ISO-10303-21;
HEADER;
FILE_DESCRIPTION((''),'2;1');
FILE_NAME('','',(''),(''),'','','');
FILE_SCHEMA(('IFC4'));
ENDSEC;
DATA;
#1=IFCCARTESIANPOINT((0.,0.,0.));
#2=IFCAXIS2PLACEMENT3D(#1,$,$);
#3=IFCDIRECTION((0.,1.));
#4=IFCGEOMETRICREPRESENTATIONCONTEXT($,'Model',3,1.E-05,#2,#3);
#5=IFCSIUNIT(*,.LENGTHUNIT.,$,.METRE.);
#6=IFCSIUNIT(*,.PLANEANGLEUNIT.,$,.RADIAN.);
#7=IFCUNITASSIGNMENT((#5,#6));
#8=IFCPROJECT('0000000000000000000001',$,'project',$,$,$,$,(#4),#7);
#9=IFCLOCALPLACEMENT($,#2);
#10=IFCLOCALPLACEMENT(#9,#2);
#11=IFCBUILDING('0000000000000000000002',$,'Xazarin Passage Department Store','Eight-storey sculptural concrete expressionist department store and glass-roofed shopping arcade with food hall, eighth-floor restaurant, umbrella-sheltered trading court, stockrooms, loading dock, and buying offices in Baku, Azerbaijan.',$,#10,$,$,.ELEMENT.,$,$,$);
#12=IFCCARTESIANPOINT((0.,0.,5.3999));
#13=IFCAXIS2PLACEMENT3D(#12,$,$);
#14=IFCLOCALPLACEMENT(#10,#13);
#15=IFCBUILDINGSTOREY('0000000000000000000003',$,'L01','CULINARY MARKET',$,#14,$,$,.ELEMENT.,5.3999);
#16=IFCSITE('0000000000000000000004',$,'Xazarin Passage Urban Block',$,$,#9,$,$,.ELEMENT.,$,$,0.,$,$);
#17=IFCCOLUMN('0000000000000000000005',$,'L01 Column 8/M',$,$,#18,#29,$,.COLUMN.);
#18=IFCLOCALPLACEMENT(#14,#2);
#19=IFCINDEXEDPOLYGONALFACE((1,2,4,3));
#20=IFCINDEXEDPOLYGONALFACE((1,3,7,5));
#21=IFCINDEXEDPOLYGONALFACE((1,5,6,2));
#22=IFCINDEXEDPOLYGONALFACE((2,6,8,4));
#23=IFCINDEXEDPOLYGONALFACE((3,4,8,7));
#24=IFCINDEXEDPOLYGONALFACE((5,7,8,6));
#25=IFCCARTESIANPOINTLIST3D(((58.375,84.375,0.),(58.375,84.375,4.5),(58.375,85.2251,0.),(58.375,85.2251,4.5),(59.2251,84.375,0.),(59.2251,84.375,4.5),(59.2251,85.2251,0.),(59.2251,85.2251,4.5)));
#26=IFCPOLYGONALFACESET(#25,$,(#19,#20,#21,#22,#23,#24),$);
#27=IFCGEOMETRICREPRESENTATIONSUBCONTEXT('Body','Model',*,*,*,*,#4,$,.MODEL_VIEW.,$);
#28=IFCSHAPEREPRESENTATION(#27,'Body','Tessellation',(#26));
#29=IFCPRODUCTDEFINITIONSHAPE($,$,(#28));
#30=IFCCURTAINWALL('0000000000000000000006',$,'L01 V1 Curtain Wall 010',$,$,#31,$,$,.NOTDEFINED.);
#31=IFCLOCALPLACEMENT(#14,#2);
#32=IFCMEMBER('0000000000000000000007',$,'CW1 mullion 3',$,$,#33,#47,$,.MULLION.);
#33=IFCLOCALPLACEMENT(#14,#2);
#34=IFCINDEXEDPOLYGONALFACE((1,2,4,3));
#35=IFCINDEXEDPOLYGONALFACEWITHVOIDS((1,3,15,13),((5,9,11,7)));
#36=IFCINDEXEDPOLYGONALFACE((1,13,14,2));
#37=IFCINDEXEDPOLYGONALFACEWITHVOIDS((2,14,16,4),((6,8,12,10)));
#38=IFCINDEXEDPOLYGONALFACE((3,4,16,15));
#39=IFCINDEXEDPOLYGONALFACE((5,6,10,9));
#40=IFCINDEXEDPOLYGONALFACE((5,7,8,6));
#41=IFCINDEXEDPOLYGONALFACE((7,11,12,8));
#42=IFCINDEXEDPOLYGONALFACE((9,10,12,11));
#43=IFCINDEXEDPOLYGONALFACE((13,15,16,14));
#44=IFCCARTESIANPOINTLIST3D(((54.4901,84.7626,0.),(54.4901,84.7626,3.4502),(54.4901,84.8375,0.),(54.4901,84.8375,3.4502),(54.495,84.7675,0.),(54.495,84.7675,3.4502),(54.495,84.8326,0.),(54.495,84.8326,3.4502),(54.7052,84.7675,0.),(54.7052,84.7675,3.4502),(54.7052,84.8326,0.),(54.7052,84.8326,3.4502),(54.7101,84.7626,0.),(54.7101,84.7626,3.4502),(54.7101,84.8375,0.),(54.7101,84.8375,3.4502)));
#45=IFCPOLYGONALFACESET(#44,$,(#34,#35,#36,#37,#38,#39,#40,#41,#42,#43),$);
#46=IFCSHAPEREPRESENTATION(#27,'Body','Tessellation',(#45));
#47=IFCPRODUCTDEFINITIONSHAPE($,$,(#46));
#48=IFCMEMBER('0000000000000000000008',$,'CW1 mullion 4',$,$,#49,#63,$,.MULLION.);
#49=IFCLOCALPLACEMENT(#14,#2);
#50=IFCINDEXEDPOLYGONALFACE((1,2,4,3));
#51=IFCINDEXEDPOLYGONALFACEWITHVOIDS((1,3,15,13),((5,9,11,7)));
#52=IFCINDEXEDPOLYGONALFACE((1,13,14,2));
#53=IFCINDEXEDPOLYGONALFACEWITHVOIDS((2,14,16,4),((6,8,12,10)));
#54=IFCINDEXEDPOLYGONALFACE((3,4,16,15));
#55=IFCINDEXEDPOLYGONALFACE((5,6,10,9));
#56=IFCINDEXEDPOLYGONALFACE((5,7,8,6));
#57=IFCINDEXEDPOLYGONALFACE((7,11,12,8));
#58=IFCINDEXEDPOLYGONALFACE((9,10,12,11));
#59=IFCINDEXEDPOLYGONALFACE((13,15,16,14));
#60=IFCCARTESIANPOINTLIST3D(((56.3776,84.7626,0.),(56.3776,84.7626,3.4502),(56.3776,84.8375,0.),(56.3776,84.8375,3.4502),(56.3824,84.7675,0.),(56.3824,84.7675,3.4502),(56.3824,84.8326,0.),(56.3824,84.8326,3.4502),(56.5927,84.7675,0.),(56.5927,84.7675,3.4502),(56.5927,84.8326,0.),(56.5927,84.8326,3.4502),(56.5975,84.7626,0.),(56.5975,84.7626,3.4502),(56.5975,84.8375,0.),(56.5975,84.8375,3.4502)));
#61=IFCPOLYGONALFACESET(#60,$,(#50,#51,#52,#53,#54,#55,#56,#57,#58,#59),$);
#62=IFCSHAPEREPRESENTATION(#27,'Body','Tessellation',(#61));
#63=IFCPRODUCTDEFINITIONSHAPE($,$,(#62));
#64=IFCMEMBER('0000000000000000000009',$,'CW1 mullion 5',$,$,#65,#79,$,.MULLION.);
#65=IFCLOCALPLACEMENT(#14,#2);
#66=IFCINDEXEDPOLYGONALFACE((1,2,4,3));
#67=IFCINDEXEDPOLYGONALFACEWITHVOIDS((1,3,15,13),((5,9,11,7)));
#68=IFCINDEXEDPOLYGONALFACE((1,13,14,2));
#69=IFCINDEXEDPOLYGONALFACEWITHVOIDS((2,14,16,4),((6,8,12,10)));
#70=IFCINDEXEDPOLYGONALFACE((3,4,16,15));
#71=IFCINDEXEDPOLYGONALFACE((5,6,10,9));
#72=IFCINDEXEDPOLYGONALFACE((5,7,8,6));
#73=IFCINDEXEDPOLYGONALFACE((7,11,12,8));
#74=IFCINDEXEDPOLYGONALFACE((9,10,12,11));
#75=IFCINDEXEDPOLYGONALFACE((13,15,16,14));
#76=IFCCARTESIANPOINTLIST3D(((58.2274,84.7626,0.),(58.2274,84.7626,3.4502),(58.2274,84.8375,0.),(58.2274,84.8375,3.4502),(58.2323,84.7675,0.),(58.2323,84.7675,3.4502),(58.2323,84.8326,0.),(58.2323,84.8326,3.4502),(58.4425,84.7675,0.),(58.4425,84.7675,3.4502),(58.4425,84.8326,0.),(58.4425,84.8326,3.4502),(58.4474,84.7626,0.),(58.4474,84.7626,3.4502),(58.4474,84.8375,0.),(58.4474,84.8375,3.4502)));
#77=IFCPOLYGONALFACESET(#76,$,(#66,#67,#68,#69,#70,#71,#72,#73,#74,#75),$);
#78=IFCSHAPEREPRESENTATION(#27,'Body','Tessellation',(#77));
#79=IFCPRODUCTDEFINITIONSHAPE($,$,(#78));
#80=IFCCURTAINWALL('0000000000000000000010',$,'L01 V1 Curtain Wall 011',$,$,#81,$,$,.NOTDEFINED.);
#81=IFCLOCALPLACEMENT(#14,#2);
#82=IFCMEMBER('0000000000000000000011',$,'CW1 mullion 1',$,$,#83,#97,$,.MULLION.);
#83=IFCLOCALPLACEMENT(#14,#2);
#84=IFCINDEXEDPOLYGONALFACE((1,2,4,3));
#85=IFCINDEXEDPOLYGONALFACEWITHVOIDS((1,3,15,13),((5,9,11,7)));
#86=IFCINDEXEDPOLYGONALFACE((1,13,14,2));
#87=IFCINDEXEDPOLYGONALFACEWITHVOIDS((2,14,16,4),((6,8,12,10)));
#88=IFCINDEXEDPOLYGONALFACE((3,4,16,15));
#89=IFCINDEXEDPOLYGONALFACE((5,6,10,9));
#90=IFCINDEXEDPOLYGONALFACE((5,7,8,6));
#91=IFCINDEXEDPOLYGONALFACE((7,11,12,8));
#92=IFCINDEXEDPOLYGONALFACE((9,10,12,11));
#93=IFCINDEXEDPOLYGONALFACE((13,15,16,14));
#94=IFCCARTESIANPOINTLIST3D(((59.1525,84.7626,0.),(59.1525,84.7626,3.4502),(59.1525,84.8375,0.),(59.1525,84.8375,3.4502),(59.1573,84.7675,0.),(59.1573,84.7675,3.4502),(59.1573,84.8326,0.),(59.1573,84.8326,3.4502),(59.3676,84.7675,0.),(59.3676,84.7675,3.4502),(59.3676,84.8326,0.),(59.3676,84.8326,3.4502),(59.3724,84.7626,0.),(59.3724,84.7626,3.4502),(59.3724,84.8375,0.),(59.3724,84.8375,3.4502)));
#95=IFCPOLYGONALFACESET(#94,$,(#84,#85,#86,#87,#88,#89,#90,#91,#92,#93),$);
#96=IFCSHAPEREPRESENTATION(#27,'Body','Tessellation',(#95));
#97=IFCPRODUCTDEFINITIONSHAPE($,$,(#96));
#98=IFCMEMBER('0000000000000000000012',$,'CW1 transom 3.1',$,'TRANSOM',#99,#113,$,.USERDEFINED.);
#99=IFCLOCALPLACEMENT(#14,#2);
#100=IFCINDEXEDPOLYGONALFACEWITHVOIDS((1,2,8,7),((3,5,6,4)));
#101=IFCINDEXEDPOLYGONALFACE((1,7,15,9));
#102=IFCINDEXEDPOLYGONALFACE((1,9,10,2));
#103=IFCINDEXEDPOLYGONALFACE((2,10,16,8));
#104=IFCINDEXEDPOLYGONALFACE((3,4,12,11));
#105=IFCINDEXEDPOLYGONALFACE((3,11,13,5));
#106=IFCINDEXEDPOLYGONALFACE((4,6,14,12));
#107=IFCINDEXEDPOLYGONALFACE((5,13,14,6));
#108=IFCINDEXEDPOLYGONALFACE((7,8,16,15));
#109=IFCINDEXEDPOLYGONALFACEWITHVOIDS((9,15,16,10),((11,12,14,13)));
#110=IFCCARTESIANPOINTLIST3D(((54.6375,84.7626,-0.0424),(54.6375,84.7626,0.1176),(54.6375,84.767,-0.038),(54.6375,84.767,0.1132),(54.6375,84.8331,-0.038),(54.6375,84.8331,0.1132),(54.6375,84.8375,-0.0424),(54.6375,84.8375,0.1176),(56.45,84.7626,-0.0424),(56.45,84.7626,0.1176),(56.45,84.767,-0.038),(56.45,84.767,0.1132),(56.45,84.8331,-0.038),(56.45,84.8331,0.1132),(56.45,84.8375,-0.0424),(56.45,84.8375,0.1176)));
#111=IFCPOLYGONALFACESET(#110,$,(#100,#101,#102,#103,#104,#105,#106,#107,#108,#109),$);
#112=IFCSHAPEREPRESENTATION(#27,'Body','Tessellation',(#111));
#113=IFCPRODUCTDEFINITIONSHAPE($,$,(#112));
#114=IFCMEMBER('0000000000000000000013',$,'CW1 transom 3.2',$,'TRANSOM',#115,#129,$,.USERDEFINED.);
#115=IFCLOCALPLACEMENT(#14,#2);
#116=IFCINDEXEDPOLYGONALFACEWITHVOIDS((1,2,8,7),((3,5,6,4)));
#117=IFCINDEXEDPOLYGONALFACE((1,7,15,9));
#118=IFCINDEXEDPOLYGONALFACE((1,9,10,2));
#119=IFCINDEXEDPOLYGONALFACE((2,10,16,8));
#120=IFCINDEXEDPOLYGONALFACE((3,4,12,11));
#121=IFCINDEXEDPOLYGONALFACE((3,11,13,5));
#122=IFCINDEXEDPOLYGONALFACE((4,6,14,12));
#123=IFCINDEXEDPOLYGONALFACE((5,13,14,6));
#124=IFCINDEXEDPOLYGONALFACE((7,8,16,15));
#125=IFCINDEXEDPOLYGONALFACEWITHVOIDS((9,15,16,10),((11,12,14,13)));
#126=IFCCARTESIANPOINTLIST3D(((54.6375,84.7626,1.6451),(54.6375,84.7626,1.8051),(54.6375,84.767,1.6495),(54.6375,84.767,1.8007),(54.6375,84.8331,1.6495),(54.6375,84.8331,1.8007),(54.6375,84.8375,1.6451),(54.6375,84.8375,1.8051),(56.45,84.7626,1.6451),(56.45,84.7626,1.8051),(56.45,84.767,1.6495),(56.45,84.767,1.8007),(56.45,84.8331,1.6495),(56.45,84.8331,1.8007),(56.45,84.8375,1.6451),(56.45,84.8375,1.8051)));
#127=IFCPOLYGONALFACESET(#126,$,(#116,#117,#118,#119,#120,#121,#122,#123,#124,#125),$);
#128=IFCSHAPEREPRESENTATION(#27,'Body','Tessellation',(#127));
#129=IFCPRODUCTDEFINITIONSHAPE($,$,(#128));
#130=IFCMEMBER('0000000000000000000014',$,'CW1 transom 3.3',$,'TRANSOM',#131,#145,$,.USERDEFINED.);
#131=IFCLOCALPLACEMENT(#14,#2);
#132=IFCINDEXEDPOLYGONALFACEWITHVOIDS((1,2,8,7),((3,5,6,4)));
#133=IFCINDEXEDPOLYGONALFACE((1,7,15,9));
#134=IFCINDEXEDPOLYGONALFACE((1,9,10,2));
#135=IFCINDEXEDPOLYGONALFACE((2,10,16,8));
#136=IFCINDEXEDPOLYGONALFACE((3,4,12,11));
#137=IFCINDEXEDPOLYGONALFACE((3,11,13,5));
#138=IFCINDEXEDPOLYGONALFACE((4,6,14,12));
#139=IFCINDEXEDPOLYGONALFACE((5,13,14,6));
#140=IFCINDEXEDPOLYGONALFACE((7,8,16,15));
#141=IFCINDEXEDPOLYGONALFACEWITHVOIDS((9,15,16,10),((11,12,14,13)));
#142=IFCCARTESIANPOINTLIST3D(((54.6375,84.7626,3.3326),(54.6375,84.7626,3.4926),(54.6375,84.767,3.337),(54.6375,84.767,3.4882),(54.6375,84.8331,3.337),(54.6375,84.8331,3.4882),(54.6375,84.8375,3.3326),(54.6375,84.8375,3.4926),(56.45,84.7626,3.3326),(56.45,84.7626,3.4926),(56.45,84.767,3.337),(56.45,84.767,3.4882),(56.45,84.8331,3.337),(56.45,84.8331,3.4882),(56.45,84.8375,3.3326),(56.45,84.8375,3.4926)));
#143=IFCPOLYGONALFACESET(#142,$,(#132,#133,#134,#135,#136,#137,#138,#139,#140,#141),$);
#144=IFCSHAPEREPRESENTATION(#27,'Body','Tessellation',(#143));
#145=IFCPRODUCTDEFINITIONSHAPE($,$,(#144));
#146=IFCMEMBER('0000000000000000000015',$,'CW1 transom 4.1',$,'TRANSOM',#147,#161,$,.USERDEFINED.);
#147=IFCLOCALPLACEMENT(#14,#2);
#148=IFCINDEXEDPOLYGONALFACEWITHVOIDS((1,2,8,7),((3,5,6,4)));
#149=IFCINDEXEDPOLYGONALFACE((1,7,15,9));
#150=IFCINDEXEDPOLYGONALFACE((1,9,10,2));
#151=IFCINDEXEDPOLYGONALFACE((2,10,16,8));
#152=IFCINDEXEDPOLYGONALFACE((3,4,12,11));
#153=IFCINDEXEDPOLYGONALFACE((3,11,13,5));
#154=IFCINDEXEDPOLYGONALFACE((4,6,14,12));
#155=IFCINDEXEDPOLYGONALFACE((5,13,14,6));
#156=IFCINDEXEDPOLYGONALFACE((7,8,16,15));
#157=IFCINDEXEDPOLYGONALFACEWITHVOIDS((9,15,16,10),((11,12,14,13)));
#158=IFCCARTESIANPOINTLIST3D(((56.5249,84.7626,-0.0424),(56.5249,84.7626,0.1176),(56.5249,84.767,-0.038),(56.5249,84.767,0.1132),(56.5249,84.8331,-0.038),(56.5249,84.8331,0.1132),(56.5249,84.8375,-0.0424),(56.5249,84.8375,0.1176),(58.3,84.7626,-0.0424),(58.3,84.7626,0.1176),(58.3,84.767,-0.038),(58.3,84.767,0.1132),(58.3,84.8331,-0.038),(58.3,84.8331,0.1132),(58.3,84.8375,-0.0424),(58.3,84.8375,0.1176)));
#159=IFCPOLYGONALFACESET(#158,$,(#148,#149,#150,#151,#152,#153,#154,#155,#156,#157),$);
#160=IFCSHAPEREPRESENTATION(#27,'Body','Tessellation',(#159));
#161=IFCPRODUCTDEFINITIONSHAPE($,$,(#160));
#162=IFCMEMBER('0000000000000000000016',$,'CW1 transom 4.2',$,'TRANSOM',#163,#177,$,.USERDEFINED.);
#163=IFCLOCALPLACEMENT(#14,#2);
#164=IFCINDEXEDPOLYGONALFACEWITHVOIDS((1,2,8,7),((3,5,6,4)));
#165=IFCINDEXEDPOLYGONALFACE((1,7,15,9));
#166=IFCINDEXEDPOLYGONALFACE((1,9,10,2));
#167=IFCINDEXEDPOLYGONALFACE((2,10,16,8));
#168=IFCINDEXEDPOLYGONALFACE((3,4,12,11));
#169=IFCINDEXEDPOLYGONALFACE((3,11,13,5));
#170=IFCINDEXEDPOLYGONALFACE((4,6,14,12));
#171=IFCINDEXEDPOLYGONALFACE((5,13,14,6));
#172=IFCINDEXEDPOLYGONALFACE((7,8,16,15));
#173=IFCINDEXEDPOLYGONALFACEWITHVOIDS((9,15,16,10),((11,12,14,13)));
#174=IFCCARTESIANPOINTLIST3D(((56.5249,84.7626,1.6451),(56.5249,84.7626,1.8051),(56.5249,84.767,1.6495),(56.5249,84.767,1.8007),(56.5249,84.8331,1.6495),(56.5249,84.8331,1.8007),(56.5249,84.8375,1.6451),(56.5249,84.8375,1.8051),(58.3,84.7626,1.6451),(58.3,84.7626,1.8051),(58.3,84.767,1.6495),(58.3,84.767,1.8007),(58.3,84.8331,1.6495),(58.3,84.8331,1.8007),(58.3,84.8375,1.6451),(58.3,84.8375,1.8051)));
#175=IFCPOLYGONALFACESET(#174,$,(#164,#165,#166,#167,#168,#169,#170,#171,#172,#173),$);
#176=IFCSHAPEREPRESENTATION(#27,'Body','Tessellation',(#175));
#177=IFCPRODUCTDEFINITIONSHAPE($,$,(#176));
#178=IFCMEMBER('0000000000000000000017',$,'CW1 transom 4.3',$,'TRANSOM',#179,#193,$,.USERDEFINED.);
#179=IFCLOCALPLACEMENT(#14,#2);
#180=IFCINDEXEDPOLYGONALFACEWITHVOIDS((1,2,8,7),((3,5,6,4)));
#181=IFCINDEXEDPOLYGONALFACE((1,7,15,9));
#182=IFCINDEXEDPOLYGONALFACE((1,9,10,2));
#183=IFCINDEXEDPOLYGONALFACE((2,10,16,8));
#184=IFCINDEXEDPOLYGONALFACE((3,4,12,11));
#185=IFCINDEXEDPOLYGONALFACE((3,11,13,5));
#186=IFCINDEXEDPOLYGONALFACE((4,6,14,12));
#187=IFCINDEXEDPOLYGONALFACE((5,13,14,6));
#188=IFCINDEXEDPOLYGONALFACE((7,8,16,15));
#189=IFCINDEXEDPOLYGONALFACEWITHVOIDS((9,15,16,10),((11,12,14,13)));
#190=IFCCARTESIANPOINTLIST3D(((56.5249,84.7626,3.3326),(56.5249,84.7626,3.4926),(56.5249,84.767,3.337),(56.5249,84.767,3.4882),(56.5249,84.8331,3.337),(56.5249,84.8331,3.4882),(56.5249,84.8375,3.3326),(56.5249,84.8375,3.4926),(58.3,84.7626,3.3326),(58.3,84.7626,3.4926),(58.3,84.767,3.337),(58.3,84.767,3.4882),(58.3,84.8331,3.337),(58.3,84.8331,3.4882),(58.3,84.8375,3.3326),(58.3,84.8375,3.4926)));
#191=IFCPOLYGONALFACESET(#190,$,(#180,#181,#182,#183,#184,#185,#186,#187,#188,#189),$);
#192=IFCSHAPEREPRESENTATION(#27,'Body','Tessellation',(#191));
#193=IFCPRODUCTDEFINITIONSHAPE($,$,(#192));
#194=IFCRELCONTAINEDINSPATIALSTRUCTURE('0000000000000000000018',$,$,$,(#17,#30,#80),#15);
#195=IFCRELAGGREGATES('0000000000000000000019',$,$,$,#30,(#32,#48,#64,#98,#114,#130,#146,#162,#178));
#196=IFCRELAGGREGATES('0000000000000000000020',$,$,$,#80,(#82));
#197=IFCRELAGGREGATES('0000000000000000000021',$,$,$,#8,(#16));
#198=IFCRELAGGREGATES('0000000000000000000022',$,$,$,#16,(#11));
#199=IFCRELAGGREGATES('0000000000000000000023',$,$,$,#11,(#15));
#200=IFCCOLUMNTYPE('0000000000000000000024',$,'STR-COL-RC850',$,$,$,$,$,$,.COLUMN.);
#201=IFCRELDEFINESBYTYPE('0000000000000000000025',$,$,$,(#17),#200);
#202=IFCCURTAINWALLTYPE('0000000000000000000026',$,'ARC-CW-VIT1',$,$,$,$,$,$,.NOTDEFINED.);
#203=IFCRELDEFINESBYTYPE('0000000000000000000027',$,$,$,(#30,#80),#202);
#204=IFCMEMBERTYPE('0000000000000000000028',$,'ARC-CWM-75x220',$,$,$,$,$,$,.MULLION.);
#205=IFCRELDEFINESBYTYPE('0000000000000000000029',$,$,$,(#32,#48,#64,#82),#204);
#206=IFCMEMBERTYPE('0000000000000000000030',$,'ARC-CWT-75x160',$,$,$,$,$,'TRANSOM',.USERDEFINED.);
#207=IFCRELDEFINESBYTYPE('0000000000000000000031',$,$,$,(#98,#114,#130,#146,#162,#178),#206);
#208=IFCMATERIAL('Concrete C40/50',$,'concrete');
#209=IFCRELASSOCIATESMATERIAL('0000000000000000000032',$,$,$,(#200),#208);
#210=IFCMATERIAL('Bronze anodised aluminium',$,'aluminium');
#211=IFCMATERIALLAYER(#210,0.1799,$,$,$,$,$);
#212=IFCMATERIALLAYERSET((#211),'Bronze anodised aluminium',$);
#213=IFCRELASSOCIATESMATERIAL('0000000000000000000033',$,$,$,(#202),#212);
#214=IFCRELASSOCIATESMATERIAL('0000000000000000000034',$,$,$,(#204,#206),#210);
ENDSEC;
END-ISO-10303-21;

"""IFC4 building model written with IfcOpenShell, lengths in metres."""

from ifc_helpers import new_model, si_unit, direction, frame, origin, origin_2d, place, context, subcontext, project, spatial, rectangle, hollow_rectangle, extrude, material, layer, layer_set, material_profile, profile_set, type_object, element, aggregate, save


model = new_model("IFC4")

# Units and contexts
model_context = context("Model", 3, precision=1e-05, world=origin(), true_north=direction((0.0, 1.0)))
body_context = subcontext(model_context, "Body", "Model", "MODEL_VIEW")
ifc_project = project(units=[si_unit("LENGTHUNIT", "METRE"), si_unit("PLANEANGLEUNIT", "RADIAN")], contexts=[model_context])

# Site, building, storey
site_placement = place(None, origin())
site = spatial("IfcSite", under=ifc_project, at=site_placement, Name="Xazarin Passage Urban Block", CompositionType="ELEMENT", RefElevation=0.0)
building_placement = place(site_placement, origin())
building = spatial("IfcBuilding", under=site, at=building_placement, Name="Xazarin Passage Department Store", Description="Eight-storey sculptural concrete expressionist department store and glass-roofed shopping arcade with food hall, eighth-floor restaurant, umbrella-sheltered trading court, stockrooms, loading dock, and buying offices in Baku, Azerbaijan.", CompositionType="ELEMENT")
storey_placement = place(building_placement, frame((0.0, 0.0, 5.3999)))
storey = spatial("IfcBuildingStorey", under=building, at=storey_placement, Name="L01", Description="CULINARY MARKET", CompositionType="ELEMENT", Elevation=5.3999)

# Column
ifc_material_1 = material(Name="Concrete C40/50", Category="concrete")
ifc_material_profile_1 = material_profile(ifc_material_1, rectangle(XDim=0.8501, YDim=0.8501, at=origin_2d()), Name="RC 850x850")
ifc_profile_set_1 = profile_set([ifc_material_profile_1], Name="Concrete C40/50")
column_type = type_object("IfcColumnType", Name="STR-COL-RC850", PredefinedType="COLUMN", material=ifc_profile_set_1)
column_placement = place(storey_placement, frame((58.8, 84.8, 0.0), z_axis=(0.0, 0.0, 1.0), x_axis=(1.0, 0.0, 0.0)))
element("IfcColumn", 1, at=column_placement, inside=storey, type_object=column_type, Name="L01 Column 8/M", PredefinedType="COLUMN", context=body_context, shape_type="SweptSolid", body=[
    extrude(rectangle(XDim=0.8501, YDim=0.8501, at=origin_2d()), origin(), (0.0, 0.0, 1.0), 4.5),
])

# Curtain wall, members
ifc_material_2 = material(Name="Bronze anodised aluminium", Category="aluminium")
ifc_layer_1 = layer(ifc_material_2, 0.1799)
ifc_layer_set_1 = layer_set([ifc_layer_1], Name="Bronze anodised aluminium")
curtain_wall_type = type_object("IfcCurtainWallType", Name="ARC-CW-VIT1", PredefinedType="NOTDEFINED", material=ifc_layer_set_1)
curtain_wall_1_placement = place(storey_placement, origin())
curtain_wall_1 = element("IfcCurtainWall", 2, at=curtain_wall_1_placement, inside=storey, type_object=curtain_wall_type, Name="L01 V1 Curtain Wall 010", PredefinedType="NOTDEFINED")
ifc_material_profile_2 = material_profile(ifc_material_2, hollow_rectangle(XDim=0.075, YDim=0.22, WallThickness=0.0049, at=origin_2d()), Name="ALU 75x220")
ifc_profile_set_2 = profile_set([ifc_material_profile_2], Name="Bronze anodised aluminium")
member_type_1 = type_object("IfcMemberType", Name="ARC-CWM-75x220", PredefinedType="MULLION", material=ifc_profile_set_2)
member_1_placement = place(storey_placement, frame((54.6001, 84.8, 0.0), z_axis=(0.0, 0.0, 1.0), x_axis=(0.0, 1.0, 0.0)))
member_1 = element("IfcMember", 3, at=member_1_placement, type_object=member_type_1, Name="CW1 mullion 3", PredefinedType="MULLION", context=body_context, shape_type="SweptSolid", body=[
    extrude(hollow_rectangle(XDim=0.075, YDim=0.22, WallThickness=0.0049, at=origin_2d()), origin(), (0.0, 0.0, 1.0), 3.4502),
])
member_2_placement = place(storey_placement, frame((56.4875, 84.8, 0.0), z_axis=(0.0, 0.0, 1.0), x_axis=(0.0, 1.0, 0.0)))
member_2 = element("IfcMember", 4, at=member_2_placement, type_object=member_type_1, Name="CW1 mullion 4", PredefinedType="MULLION", context=body_context, shape_type="SweptSolid", body=[
    extrude(hollow_rectangle(XDim=0.075, YDim=0.22, WallThickness=0.0049, at=origin_2d()), origin(), (0.0, 0.0, 1.0), 3.4502),
])
member_3_placement = place(storey_placement, frame((58.3374, 84.8, 0.0), z_axis=(0.0, 0.0, 1.0), x_axis=(0.0, 1.0, 0.0)))
member_3 = element("IfcMember", 5, at=member_3_placement, type_object=member_type_1, Name="CW1 mullion 5", PredefinedType="MULLION", context=body_context, shape_type="SweptSolid", body=[
    extrude(hollow_rectangle(XDim=0.075, YDim=0.22, WallThickness=0.0049, at=origin_2d()), origin(), (0.0, 0.0, 1.0), 3.4502),
])

# Curtain wall, member
curtain_wall_2_placement = place(storey_placement, origin())
curtain_wall_2 = element("IfcCurtainWall", 6, at=curtain_wall_2_placement, inside=storey, type_object=curtain_wall_type, Name="L01 V1 Curtain Wall 011", PredefinedType="NOTDEFINED")
member_4_placement = place(storey_placement, frame((59.2625, 84.8, 0.0), z_axis=(0.0, 0.0, 1.0), x_axis=(0.0, 1.0, 0.0)))
member_4 = element("IfcMember", 7, at=member_4_placement, type_object=member_type_1, Name="CW1 mullion 1", PredefinedType="MULLION", context=body_context, shape_type="SweptSolid", body=[
    extrude(hollow_rectangle(XDim=0.075, YDim=0.22, WallThickness=0.0049, at=origin_2d()), origin(), (0.0, 0.0, 1.0), 3.4502),
])

# Members
ifc_material_profile_3 = material_profile(ifc_material_2, hollow_rectangle(XDim=0.075, YDim=0.1599, WallThickness=0.0044, at=origin_2d()), Name="ALU 75x160")
ifc_profile_set_3 = profile_set([ifc_material_profile_3], Name="Bronze anodised aluminium")
member_type_2 = type_object("IfcMemberType", Name="ARC-CWT-75x160", ElementType="TRANSOM", PredefinedType="USERDEFINED", material=ifc_profile_set_3)
member_5_placement = place(storey_placement, frame((54.6375, 84.8, 0.0376), z_axis=(1.0, 0.0, 0.0), x_axis=(0.0, 1.0, 0.0)))
member_5 = element("IfcMember", 8, at=member_5_placement, type_object=member_type_2, Name="CW1 transom 3.1", ObjectType="TRANSOM", PredefinedType="USERDEFINED", context=body_context, shape_type="SweptSolid", body=[
    extrude(hollow_rectangle(XDim=0.075, YDim=0.1599, WallThickness=0.0044, at=origin_2d()), origin(), (0.0, 0.0, 1.0), 1.8125),
])
member_6_placement = place(storey_placement, frame((54.6375, 84.8, 1.7251), z_axis=(1.0, 0.0, 0.0), x_axis=(0.0, 1.0, 0.0)))
member_6 = element("IfcMember", 9, at=member_6_placement, type_object=member_type_2, Name="CW1 transom 3.2", ObjectType="TRANSOM", PredefinedType="USERDEFINED", context=body_context, shape_type="SweptSolid", body=[
    extrude(hollow_rectangle(XDim=0.075, YDim=0.1599, WallThickness=0.0044, at=origin_2d()), origin(), (0.0, 0.0, 1.0), 1.8125),
])
member_7_placement = place(storey_placement, frame((54.6375, 84.8, 3.4126), z_axis=(1.0, 0.0, 0.0), x_axis=(0.0, 1.0, 0.0)))
member_7 = element("IfcMember", 10, at=member_7_placement, type_object=member_type_2, Name="CW1 transom 3.3", ObjectType="TRANSOM", PredefinedType="USERDEFINED", context=body_context, shape_type="SweptSolid", body=[
    extrude(hollow_rectangle(XDim=0.075, YDim=0.1599, WallThickness=0.0044, at=origin_2d()), origin(), (0.0, 0.0, 1.0), 1.8125),
])
member_8_placement = place(storey_placement, frame((56.5249, 84.8, 0.0376), z_axis=(1.0, 0.0, 0.0), x_axis=(0.0, 1.0, 0.0)))
member_8 = element("IfcMember", 11, at=member_8_placement, type_object=member_type_2, Name="CW1 transom 4.1", ObjectType="TRANSOM", PredefinedType="USERDEFINED", context=body_context, shape_type="SweptSolid", body=[
    extrude(hollow_rectangle(XDim=0.075, YDim=0.1599, WallThickness=0.0044, at=origin_2d()), origin(), (0.0, 0.0, 1.0), 1.7751),
])
member_9_placement = place(storey_placement, frame((56.5249, 84.8, 1.7251), z_axis=(1.0, 0.0, 0.0), x_axis=(0.0, 1.0, 0.0)))
member_9 = element("IfcMember", 12, at=member_9_placement, type_object=member_type_2, Name="CW1 transom 4.2", ObjectType="TRANSOM", PredefinedType="USERDEFINED", context=body_context, shape_type="SweptSolid", body=[
    extrude(hollow_rectangle(XDim=0.075, YDim=0.1599, WallThickness=0.0044, at=origin_2d()), origin(), (0.0, 0.0, 1.0), 1.7751),
])
member_10_placement = place(storey_placement, frame((56.5249, 84.8, 3.4126), z_axis=(1.0, 0.0, 0.0), x_axis=(0.0, 1.0, 0.0)))
member_10 = element("IfcMember", 13, at=member_10_placement, type_object=member_type_2, Name="CW1 transom 4.3", ObjectType="TRANSOM", PredefinedType="USERDEFINED", context=body_context, shape_type="SweptSolid", body=[
    extrude(hollow_rectangle(XDim=0.075, YDim=0.1599, WallThickness=0.0044, at=origin_2d()), origin(), (0.0, 0.0, 1.0), 1.7751),
])

aggregate(curtain_wall_1, [member_1, member_2, member_3, member_5, member_6, member_7, member_8, member_9, member_10])
aggregate(curtain_wall_2, [member_4])

save(model, "model.ifc")
